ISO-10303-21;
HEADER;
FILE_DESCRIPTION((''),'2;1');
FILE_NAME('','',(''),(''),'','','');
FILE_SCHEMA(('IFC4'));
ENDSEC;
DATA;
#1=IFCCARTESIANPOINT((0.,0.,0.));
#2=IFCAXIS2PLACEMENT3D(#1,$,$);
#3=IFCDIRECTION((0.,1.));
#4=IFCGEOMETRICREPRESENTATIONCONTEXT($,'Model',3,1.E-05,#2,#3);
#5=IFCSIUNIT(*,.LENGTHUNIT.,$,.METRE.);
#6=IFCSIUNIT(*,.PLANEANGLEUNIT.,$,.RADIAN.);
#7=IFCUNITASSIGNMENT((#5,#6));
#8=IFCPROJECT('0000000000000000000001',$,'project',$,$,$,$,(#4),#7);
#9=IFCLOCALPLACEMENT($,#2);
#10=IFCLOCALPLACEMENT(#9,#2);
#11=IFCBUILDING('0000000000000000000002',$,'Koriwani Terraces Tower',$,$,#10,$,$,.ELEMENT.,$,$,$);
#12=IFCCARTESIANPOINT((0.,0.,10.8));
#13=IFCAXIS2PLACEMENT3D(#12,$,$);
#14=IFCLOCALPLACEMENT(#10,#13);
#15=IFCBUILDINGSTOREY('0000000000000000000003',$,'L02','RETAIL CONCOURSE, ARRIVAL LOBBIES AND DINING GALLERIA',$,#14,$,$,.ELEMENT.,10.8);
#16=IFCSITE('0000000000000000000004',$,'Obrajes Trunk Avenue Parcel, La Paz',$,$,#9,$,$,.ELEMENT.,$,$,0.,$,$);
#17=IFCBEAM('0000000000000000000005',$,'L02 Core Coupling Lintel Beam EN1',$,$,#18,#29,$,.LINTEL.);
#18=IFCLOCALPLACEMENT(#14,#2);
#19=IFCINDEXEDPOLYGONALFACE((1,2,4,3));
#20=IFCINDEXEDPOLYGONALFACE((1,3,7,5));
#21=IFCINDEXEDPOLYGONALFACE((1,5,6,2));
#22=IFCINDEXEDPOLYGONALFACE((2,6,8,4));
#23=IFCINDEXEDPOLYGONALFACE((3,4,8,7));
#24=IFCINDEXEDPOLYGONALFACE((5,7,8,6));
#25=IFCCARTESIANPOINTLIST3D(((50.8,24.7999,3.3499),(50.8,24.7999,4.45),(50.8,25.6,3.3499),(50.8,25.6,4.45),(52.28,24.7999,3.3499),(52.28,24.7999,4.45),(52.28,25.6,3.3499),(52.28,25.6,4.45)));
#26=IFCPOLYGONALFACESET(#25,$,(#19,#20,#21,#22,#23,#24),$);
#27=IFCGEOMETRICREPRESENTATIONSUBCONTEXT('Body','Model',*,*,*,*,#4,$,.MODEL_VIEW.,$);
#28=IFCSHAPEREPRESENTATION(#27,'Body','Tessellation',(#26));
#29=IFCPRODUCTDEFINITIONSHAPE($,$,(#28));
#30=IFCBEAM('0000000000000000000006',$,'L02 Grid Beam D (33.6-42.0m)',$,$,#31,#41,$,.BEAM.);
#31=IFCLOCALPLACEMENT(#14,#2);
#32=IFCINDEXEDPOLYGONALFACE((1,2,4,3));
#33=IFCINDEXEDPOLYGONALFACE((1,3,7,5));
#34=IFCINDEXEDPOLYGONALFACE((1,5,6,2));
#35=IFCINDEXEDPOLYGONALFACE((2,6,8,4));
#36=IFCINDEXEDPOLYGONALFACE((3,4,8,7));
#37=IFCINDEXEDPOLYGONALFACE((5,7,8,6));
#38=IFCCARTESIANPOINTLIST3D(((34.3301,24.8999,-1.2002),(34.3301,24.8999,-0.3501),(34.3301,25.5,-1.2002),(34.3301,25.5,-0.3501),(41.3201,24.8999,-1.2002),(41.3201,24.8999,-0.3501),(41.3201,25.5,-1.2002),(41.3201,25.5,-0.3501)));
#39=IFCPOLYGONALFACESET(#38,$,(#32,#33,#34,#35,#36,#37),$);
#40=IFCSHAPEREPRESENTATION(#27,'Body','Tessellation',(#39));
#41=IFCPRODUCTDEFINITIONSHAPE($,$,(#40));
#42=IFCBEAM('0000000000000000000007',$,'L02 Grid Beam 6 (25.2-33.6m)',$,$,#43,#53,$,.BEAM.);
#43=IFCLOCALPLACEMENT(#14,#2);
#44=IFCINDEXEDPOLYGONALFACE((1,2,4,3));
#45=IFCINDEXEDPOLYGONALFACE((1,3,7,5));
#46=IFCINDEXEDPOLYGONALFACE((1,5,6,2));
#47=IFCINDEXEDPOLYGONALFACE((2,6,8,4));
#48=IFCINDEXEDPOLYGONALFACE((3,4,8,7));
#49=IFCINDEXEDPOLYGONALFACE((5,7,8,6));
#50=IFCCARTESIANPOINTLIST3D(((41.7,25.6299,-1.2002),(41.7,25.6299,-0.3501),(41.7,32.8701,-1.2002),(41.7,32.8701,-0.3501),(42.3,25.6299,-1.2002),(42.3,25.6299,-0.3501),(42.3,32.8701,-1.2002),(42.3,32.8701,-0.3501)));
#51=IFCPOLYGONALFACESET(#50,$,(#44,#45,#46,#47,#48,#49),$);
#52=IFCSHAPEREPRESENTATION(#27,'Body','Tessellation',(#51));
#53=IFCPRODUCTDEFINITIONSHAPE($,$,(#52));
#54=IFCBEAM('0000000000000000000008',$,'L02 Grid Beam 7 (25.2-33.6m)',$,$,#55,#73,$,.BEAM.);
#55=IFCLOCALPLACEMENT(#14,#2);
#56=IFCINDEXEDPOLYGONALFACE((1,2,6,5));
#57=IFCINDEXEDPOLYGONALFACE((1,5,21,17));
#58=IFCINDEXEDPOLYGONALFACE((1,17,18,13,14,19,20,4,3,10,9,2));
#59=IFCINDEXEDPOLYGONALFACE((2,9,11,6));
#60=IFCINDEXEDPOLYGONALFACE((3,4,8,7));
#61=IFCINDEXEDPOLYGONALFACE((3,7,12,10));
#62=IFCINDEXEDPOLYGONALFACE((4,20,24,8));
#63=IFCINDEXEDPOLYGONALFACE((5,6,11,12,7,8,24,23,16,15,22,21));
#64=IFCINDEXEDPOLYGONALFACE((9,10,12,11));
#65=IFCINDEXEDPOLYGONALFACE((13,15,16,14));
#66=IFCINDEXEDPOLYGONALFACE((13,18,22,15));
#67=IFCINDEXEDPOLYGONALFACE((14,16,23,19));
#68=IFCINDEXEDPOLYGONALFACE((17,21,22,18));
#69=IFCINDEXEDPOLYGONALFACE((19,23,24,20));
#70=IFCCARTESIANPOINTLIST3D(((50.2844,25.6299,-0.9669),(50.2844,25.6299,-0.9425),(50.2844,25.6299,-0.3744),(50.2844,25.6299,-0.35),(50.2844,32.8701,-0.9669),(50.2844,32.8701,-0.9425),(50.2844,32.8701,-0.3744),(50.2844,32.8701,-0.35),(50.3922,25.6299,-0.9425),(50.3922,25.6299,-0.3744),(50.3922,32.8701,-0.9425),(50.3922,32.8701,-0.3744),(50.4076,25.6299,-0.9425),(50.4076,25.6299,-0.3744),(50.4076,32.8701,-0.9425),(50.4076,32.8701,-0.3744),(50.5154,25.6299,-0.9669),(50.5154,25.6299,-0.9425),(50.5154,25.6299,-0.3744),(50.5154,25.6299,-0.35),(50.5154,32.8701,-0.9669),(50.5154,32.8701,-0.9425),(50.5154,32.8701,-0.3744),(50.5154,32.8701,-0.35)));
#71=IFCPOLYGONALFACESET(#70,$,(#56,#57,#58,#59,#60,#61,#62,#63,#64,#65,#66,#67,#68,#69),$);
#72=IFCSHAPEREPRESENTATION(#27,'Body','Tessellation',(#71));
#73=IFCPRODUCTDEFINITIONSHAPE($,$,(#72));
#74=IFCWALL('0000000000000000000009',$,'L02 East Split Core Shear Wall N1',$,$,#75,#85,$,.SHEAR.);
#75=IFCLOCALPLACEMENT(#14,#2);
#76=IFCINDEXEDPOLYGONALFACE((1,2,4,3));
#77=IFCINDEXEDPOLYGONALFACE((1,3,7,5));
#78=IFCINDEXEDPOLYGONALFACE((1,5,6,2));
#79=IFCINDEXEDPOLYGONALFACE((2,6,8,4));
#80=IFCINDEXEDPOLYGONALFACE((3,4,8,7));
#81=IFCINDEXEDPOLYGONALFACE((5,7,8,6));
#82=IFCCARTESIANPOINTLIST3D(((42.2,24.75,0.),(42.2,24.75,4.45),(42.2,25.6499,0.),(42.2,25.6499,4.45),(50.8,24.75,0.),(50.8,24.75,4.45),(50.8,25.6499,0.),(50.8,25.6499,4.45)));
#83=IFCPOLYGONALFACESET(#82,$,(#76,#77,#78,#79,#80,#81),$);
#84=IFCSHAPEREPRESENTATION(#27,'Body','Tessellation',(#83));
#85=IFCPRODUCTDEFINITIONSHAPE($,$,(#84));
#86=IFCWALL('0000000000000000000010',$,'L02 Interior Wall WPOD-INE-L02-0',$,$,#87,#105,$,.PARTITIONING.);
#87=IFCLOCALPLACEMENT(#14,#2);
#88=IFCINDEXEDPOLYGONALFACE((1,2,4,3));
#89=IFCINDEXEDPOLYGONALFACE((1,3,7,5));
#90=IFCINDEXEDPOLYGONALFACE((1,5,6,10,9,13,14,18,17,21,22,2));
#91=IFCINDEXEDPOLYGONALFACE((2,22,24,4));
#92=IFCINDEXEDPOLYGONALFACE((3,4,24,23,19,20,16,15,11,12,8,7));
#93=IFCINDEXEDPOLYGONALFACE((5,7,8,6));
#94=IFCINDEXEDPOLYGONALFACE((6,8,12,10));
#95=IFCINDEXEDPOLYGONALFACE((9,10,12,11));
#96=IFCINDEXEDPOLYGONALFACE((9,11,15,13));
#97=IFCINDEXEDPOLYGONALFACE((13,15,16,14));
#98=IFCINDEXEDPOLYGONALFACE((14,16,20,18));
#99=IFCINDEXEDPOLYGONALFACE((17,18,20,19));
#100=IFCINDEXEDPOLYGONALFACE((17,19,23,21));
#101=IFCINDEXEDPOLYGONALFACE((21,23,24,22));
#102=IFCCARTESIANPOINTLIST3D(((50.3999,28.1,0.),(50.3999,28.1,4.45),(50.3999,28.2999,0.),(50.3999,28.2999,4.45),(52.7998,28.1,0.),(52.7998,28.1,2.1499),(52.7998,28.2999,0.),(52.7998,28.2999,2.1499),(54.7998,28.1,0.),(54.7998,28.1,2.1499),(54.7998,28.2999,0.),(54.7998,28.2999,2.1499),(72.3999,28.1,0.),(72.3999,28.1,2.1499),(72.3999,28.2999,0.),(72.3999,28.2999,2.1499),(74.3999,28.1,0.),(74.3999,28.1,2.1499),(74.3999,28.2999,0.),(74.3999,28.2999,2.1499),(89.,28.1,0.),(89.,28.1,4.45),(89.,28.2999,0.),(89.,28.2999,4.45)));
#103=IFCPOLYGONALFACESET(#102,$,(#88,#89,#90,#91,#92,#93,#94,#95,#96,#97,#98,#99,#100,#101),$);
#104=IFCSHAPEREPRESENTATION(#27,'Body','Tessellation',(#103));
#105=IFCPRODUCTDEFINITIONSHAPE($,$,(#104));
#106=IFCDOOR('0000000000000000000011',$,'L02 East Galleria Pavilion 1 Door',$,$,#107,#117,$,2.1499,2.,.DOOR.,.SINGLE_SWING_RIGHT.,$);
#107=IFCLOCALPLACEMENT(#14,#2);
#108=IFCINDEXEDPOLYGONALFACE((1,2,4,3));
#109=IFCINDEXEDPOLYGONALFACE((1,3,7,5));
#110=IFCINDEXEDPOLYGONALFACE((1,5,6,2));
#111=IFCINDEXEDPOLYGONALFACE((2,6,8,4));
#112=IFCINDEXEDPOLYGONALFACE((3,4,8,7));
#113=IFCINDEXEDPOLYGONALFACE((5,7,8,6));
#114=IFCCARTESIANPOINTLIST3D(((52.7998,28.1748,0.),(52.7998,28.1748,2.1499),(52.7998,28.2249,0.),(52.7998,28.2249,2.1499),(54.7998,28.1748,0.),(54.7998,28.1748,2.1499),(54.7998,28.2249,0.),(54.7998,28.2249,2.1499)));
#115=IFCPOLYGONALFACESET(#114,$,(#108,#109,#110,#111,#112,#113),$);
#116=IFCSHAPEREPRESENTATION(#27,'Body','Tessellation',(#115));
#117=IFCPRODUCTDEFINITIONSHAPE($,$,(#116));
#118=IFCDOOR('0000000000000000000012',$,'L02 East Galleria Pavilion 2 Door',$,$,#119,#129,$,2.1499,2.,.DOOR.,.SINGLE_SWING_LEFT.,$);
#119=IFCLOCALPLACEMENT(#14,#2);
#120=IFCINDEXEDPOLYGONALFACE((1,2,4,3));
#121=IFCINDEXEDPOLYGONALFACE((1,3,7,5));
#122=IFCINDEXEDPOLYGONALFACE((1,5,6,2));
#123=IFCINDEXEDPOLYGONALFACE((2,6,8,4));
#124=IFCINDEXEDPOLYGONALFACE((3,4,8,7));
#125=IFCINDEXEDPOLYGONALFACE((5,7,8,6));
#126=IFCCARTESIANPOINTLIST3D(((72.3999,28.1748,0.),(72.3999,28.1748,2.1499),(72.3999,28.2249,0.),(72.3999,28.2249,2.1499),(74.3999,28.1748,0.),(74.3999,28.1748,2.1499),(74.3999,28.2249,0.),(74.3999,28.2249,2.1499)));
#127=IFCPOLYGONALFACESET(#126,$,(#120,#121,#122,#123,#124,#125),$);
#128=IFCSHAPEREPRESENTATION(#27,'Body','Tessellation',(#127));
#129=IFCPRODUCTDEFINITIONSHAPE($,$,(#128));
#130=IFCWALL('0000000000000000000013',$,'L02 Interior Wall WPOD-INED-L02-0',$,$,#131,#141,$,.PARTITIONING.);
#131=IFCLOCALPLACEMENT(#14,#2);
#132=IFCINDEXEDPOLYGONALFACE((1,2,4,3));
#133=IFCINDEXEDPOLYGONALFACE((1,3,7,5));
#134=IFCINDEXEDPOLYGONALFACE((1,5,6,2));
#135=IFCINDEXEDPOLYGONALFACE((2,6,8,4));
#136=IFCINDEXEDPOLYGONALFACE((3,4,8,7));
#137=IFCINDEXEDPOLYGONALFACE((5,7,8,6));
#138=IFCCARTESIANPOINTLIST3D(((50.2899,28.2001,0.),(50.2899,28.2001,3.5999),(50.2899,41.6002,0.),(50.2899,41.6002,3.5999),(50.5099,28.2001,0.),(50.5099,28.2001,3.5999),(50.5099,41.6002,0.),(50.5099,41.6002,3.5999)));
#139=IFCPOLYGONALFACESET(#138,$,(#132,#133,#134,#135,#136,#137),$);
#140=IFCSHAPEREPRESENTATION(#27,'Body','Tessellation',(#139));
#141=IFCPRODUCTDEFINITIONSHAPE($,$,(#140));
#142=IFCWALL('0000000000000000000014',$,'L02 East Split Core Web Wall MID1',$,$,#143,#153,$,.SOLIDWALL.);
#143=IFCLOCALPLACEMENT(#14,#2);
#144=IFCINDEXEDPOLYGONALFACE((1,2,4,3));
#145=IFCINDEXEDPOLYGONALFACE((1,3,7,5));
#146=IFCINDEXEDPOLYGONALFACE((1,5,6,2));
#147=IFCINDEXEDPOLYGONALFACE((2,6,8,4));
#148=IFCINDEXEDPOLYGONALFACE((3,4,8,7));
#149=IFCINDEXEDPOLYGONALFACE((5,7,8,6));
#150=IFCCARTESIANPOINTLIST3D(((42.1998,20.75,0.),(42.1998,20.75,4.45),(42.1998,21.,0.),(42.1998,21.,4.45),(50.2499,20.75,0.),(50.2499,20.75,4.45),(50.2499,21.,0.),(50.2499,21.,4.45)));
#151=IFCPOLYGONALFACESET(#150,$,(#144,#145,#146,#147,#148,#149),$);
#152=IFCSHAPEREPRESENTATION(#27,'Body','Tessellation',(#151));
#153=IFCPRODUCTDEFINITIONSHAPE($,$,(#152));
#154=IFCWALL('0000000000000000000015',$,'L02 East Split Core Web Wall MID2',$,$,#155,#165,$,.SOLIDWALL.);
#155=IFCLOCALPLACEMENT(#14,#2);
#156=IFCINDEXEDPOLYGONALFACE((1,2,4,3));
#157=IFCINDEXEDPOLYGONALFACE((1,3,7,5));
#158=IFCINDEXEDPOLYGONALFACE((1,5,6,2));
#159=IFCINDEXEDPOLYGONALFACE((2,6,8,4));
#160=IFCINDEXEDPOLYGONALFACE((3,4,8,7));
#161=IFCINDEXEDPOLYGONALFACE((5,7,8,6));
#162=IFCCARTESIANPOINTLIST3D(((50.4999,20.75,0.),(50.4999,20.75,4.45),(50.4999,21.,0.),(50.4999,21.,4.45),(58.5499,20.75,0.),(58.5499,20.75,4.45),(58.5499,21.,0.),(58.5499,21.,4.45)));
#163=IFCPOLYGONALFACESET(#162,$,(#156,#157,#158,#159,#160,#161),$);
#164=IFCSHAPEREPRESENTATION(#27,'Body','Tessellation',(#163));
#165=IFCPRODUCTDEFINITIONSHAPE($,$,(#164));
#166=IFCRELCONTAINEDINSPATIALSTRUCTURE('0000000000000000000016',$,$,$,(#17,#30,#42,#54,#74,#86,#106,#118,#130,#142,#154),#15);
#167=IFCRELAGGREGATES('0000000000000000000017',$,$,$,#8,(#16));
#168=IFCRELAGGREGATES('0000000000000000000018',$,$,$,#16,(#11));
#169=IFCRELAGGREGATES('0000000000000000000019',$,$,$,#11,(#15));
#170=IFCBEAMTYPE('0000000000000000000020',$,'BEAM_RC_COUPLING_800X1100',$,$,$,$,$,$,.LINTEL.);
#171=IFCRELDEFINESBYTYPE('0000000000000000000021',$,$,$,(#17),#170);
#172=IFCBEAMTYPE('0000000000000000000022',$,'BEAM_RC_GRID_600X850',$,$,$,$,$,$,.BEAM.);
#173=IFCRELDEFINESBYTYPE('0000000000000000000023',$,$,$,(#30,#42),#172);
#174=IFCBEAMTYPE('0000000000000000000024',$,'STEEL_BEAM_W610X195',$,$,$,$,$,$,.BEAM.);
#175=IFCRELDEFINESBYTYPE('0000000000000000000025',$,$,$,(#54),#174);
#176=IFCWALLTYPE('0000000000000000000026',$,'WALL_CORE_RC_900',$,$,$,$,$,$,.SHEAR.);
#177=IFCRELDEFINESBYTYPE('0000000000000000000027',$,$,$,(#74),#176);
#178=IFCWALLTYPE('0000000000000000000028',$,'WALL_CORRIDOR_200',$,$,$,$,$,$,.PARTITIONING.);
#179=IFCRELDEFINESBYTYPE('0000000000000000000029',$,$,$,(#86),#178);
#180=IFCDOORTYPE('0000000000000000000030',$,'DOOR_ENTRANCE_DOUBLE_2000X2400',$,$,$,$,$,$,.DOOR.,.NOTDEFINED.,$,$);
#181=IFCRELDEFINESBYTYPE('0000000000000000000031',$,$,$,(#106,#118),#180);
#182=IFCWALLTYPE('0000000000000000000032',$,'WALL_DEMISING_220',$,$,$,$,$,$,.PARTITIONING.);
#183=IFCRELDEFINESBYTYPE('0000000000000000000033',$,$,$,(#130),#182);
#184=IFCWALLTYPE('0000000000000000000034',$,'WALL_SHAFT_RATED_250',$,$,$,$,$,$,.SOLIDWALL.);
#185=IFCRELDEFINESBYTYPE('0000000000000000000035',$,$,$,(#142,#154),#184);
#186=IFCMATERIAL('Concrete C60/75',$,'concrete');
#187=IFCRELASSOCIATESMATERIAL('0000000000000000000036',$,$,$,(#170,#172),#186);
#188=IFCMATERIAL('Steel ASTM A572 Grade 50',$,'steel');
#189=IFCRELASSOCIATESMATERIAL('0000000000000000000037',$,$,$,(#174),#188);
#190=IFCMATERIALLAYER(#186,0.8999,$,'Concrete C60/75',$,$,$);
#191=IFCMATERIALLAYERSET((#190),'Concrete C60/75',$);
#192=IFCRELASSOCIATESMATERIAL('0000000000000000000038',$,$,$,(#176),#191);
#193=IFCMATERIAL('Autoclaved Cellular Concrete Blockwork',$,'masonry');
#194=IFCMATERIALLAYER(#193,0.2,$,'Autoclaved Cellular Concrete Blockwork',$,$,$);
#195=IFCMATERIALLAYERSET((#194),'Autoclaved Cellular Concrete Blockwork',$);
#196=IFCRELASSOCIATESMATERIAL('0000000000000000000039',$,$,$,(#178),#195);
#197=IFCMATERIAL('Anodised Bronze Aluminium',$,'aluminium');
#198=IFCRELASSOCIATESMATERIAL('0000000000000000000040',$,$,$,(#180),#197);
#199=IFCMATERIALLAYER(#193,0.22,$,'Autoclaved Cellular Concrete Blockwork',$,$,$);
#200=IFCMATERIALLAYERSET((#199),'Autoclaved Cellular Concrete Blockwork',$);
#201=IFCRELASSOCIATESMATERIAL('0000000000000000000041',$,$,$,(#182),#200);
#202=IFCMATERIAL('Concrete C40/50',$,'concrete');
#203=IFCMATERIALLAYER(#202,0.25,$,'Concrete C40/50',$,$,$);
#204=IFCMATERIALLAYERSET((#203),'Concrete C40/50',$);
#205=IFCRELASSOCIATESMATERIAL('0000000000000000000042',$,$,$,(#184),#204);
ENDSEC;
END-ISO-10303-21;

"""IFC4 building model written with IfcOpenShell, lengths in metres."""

from ifc_helpers import new_model, si_unit, direction, frame, frame_2d, origin, origin_2d, place, context, subcontext, project, spatial, rectangle, i_section, extrude, material, layer, layer_set, material_profile, profile_set, type_object, element, fill, save


model = new_model("IFC4")

# Units and contexts
model_context = context("Model", 3, precision=1e-05, world=origin(), true_north=direction((0.0, 1.0)))
body_context = subcontext(model_context, "Body", "Model", "MODEL_VIEW")
ifc_project = project(units=[si_unit("LENGTHUNIT", "METRE"), si_unit("PLANEANGLEUNIT", "RADIAN")], contexts=[model_context])

# Site, building, storey
site_placement = place(None, origin())
site = spatial("IfcSite", under=ifc_project, at=site_placement, Name="Obrajes Trunk Avenue Parcel, La Paz", CompositionType="ELEMENT", RefElevation=0.0)
building_placement = place(site_placement, origin())
building = spatial("IfcBuilding", under=site, at=building_placement, Name="Koriwani Terraces Tower", CompositionType="ELEMENT")
storey_placement = place(building_placement, frame((0.0, 0.0, 10.8)))
storey = spatial("IfcBuildingStorey", under=building, at=storey_placement, Name="L02", Description="RETAIL CONCOURSE, ARRIVAL LOBBIES AND DINING GALLERIA", CompositionType="ELEMENT", Elevation=10.8)

# Beams
ifc_material_1 = material(Name="Concrete C60/75", Category="concrete")
ifc_material_profile_1 = material_profile(ifc_material_1, rectangle(XDim=0.8, YDim=1.1001, at=origin_2d()), Name="Concrete C60/75", Category="LoadBearing")
ifc_profile_set_1 = profile_set([ifc_material_profile_1], Name="Concrete C60/75")
beam_type_1 = type_object("IfcBeamType", Name="BEAM_RC_COUPLING_800X1100", PredefinedType="LINTEL", material=ifc_profile_set_1)
beam_1_placement = place(storey_placement, frame((50.8, 25.2, 3.8999), z_axis=(1.0, 0.0, 0.0), x_axis=(0.0, 1.0, 0.0)))
element("IfcBeam", 1, at=beam_1_placement, inside=storey, type_object=beam_type_1, Name="L02 Core Coupling Lintel Beam EN1", PredefinedType="LINTEL", context=body_context, shape_type="SweptSolid", body=[
    extrude(rectangle(XDim=0.8, YDim=1.1001, at=origin_2d()), origin(), (0.0, 0.0, 1.0), 1.48),
])
ifc_material_profile_2 = material_profile(ifc_material_1, rectangle(XDim=0.6001, YDim=0.8501, at=origin_2d()), Name="Concrete C60/75", Category="LoadBearing")
ifc_profile_set_2 = profile_set([ifc_material_profile_2], Name="Concrete C60/75")
beam_type_2 = type_object("IfcBeamType", Name="BEAM_RC_GRID_600X850", PredefinedType="BEAM", material=ifc_profile_set_2)
beam_2_placement = place(storey_placement, frame((34.3301, 25.2, -0.7751), z_axis=(1.0, 0.0, 0.0), x_axis=(0.0, 1.0, 0.0)))
element("IfcBeam", 2, at=beam_2_placement, inside=storey, type_object=beam_type_2, Name="L02 Grid Beam D (33.6-42.0m)", PredefinedType="BEAM", context=body_context, shape_type="SweptSolid", body=[
    extrude(rectangle(XDim=0.6001, YDim=0.8501, at=origin_2d()), origin(), (0.0, 0.0, 1.0), 6.99),
])
beam_3_placement = place(storey_placement, frame((42.0, 25.6299, -0.7751), z_axis=(0.0, 1.0, 0.0), x_axis=(-1.0, 0.0, 0.0)))
element("IfcBeam", 3, at=beam_3_placement, inside=storey, type_object=beam_type_2, Name="L02 Grid Beam 6 (25.2-33.6m)", PredefinedType="BEAM", context=body_context, shape_type="SweptSolid", body=[
    extrude(rectangle(XDim=0.6001, YDim=0.8501, at=origin_2d()), origin(), (0.0, 0.0, 1.0), 7.2402),
])
ifc_material_2 = material(Name="Steel ASTM A572 Grade 50", Category="steel")
ifc_material_profile_3 = material_profile(ifc_material_2, i_section(OverallWidth=0.231, OverallDepth=0.6169, WebThickness=0.0154, FlangeThickness=0.0244, at=origin_2d()), Name="Steel ASTM A572 Grade 50", Category="LoadBearing")
ifc_profile_set_3 = profile_set([ifc_material_profile_3], Name="Steel ASTM A572 Grade 50")
beam_type_3 = type_object("IfcBeamType", Name="STEEL_BEAM_W610X195", PredefinedType="BEAM", material=ifc_profile_set_3)
beam_4_placement = place(storey_placement, frame((50.3999, 25.6299, -0.6584), z_axis=(0.0, 1.0, 0.0), x_axis=(-1.0, 0.0, 0.0)))
element("IfcBeam", 4, at=beam_4_placement, inside=storey, type_object=beam_type_3, Name="L02 Grid Beam 7 (25.2-33.6m)", PredefinedType="BEAM", context=body_context, shape_type="SweptSolid", body=[
    extrude(i_section(OverallWidth=0.231, OverallDepth=0.6169, WebThickness=0.0154, FlangeThickness=0.0244, at=origin_2d()), origin(), (0.0, 0.0, 1.0), 7.2402),
])

# Wall
ifc_layer_1 = layer(ifc_material_1, 0.8999, Name="Concrete C60/75")
ifc_layer_set_1 = layer_set([ifc_layer_1], Name="Concrete C60/75")
wall_type_1 = type_object("IfcWallType", Name="WALL_CORE_RC_900", PredefinedType="SHEAR", material=ifc_layer_set_1)
wall_1_placement = place(storey_placement, frame((42.2, 25.2, 0.0), z_axis=(0.0, 0.0, 1.0), x_axis=(1.0, 0.0, 0.0)))
element("IfcWall", 5, at=wall_1_placement, inside=storey, type_object=wall_type_1, Name="L02 East Split Core Shear Wall N1", PredefinedType="SHEAR", context=body_context, shape_type="SweptSolid", body=[
    extrude(rectangle(XDim=8.6001, YDim=0.8999, at=frame_2d((4.3, 0.0))), origin(), (0.0, 0.0, 1.0), 4.45),
])

# Wall, openings, doors
ifc_material_3 = material(Name="Autoclaved Cellular Concrete Blockwork", Category="masonry")
ifc_layer_2 = layer(ifc_material_3, 0.2, Name="Autoclaved Cellular Concrete Blockwork")
ifc_layer_set_2 = layer_set([ifc_layer_2], Name="Autoclaved Cellular Concrete Blockwork")
wall_type_2 = type_object("IfcWallType", Name="WALL_CORRIDOR_200", PredefinedType="PARTITIONING", material=ifc_layer_set_2)
wall_2_placement = place(storey_placement, frame((50.3999, 28.2, 0.0), z_axis=(0.0, 0.0, 1.0), x_axis=(1.0, 0.0, 0.0)))
wall_2 = element("IfcWall", 6, at=wall_2_placement, inside=storey, type_object=wall_type_2, Name="L02 Interior Wall WPOD-INE-L02-0", PredefinedType="PARTITIONING", context=body_context, shape_type="SweptSolid", body=[
    extrude(rectangle(XDim=38.6001, YDim=0.2, at=frame_2d((19.3, 0.0))), origin(), (0.0, 0.0, 1.0), 4.45),
])
opening_1_placement = place(wall_2_placement, frame((2.3999, 0.0, 0.0)))
opening_1 = element("IfcOpeningElement", 7, at=opening_1_placement, cuts=wall_2, PredefinedType="OPENING", context=body_context, shape_type="SweptSolid", body=[
    extrude(rectangle(XDim=2.0, YDim=2.1499, at=frame_2d((1.0, 1.075))), frame((0.0, 0.1099, 0.0), z_axis=(0.0, -1.0, 0.0), x_axis=(1.0, 0.0, 0.0)), (0.0, 0.0, 1.0), 0.22),
])
opening_2_placement = place(wall_2_placement, frame((22.0, 0.0, 0.0)))
opening_2 = element("IfcOpeningElement", 8, at=opening_2_placement, cuts=wall_2, PredefinedType="OPENING", context=body_context, shape_type="SweptSolid", body=[
    extrude(rectangle(XDim=2.0, YDim=2.1499, at=frame_2d((1.0, 1.075))), frame((0.0, 0.1099, 0.0), z_axis=(0.0, -1.0, 0.0), x_axis=(1.0, 0.0, 0.0)), (0.0, 0.0, 1.0), 0.22),
])
ifc_material_4 = material(Name="Anodised Bronze Aluminium", Category="aluminium")
door_type_1 = type_object("IfcDoorType", Name="DOOR_ENTRANCE_DOUBLE_2000X2400", OperationType="NOTDEFINED", PredefinedType="DOOR", material=ifc_material_4)
door_1_placement = place(opening_1_placement, origin())
door_1 = element("IfcDoor", 9, at=door_1_placement, inside=storey, type_object=door_type_1, Name="L02 East Galleria Pavilion 1 Door", OperationType="SINGLE_SWING_RIGHT", OverallHeight=2.1499, OverallWidth=2.0, PredefinedType="DOOR", context=body_context, shape_type="SweptSolid", body=[
    extrude(rectangle(XDim=2.0, YDim=2.1499, at=frame_2d((1.0, 1.075))), frame((0.0, 0.0249, 0.0), z_axis=(0.0, -1.0, 0.0), x_axis=(1.0, 0.0, 0.0)), (0.0, 0.0, 1.0), 0.05),
])
fill(opening_1, door_1)
door_2_placement = place(opening_2_placement, origin())
door_2 = element("IfcDoor", 10, at=door_2_placement, inside=storey, type_object=door_type_1, Name="L02 East Galleria Pavilion 2 Door", OperationType="SINGLE_SWING_LEFT", OverallHeight=2.1499, OverallWidth=2.0, PredefinedType="DOOR", context=body_context, shape_type="SweptSolid", body=[
    extrude(rectangle(XDim=2.0, YDim=2.1499, at=frame_2d((1.0, 1.075))), frame((0.0, 0.0249, 0.0), z_axis=(0.0, -1.0, 0.0), x_axis=(1.0, 0.0, 0.0)), (0.0, 0.0, 1.0), 0.05),
])
fill(opening_2, door_2)

# Walls
ifc_layer_3 = layer(ifc_material_3, 0.22, Name="Autoclaved Cellular Concrete Blockwork")
ifc_layer_set_3 = layer_set([ifc_layer_3], Name="Autoclaved Cellular Concrete Blockwork")
wall_type_3 = type_object("IfcWallType", Name="WALL_DEMISING_220", PredefinedType="PARTITIONING", material=ifc_layer_set_3)
wall_3_placement = place(storey_placement, frame((50.3999, 28.2, 0.0), z_axis=(0.0, 0.0, 1.0), x_axis=(0.0, 1.0, 0.0)))
element("IfcWall", 11, at=wall_3_placement, inside=storey, type_object=wall_type_3, Name="L02 Interior Wall WPOD-INED-L02-0", PredefinedType="PARTITIONING", context=body_context, shape_type="SweptSolid", body=[
    extrude(rectangle(XDim=13.4001, YDim=0.22, at=frame_2d((6.7002, 0.0))), origin(), (0.0, 0.0, 1.0), 3.5999),
])
ifc_material_5 = material(Name="Concrete C40/50", Category="concrete")
ifc_layer_4 = layer(ifc_material_5, 0.25, Name="Concrete C40/50")
ifc_layer_set_4 = layer_set([ifc_layer_4], Name="Concrete C40/50")
wall_type_4 = type_object("IfcWallType", Name="WALL_SHAFT_RATED_250", PredefinedType="SOLIDWALL", material=ifc_layer_set_4)
for number, where, z_axis, x_axis, name in (
    (12, (42.2, 20.875, 0.0), (0.0, 0.0, 1.0), (1.0, 0.0, 0.0), "L02 East Split Core Web Wall MID1"),
    (13, (50.5, 20.875, 0.0), (0.0, 0.0, 1.0), (1.0, 0.0, 0.0), "L02 East Split Core Web Wall MID2"),
):
    element("IfcWall", number, at=place(storey_placement, frame(where, z_axis=z_axis, x_axis=x_axis)), inside=storey, type_object=wall_type_4, Name=name, PredefinedType="SOLIDWALL", context=body_context, shape_type="SweptSolid", body=[
        extrude(rectangle(XDim=8.05, YDim=0.25, at=frame_2d((4.0249, 0.0))), origin(), (0.0, 0.0, 1.0), 4.45),
    ])

save(model, "model.ifc")
